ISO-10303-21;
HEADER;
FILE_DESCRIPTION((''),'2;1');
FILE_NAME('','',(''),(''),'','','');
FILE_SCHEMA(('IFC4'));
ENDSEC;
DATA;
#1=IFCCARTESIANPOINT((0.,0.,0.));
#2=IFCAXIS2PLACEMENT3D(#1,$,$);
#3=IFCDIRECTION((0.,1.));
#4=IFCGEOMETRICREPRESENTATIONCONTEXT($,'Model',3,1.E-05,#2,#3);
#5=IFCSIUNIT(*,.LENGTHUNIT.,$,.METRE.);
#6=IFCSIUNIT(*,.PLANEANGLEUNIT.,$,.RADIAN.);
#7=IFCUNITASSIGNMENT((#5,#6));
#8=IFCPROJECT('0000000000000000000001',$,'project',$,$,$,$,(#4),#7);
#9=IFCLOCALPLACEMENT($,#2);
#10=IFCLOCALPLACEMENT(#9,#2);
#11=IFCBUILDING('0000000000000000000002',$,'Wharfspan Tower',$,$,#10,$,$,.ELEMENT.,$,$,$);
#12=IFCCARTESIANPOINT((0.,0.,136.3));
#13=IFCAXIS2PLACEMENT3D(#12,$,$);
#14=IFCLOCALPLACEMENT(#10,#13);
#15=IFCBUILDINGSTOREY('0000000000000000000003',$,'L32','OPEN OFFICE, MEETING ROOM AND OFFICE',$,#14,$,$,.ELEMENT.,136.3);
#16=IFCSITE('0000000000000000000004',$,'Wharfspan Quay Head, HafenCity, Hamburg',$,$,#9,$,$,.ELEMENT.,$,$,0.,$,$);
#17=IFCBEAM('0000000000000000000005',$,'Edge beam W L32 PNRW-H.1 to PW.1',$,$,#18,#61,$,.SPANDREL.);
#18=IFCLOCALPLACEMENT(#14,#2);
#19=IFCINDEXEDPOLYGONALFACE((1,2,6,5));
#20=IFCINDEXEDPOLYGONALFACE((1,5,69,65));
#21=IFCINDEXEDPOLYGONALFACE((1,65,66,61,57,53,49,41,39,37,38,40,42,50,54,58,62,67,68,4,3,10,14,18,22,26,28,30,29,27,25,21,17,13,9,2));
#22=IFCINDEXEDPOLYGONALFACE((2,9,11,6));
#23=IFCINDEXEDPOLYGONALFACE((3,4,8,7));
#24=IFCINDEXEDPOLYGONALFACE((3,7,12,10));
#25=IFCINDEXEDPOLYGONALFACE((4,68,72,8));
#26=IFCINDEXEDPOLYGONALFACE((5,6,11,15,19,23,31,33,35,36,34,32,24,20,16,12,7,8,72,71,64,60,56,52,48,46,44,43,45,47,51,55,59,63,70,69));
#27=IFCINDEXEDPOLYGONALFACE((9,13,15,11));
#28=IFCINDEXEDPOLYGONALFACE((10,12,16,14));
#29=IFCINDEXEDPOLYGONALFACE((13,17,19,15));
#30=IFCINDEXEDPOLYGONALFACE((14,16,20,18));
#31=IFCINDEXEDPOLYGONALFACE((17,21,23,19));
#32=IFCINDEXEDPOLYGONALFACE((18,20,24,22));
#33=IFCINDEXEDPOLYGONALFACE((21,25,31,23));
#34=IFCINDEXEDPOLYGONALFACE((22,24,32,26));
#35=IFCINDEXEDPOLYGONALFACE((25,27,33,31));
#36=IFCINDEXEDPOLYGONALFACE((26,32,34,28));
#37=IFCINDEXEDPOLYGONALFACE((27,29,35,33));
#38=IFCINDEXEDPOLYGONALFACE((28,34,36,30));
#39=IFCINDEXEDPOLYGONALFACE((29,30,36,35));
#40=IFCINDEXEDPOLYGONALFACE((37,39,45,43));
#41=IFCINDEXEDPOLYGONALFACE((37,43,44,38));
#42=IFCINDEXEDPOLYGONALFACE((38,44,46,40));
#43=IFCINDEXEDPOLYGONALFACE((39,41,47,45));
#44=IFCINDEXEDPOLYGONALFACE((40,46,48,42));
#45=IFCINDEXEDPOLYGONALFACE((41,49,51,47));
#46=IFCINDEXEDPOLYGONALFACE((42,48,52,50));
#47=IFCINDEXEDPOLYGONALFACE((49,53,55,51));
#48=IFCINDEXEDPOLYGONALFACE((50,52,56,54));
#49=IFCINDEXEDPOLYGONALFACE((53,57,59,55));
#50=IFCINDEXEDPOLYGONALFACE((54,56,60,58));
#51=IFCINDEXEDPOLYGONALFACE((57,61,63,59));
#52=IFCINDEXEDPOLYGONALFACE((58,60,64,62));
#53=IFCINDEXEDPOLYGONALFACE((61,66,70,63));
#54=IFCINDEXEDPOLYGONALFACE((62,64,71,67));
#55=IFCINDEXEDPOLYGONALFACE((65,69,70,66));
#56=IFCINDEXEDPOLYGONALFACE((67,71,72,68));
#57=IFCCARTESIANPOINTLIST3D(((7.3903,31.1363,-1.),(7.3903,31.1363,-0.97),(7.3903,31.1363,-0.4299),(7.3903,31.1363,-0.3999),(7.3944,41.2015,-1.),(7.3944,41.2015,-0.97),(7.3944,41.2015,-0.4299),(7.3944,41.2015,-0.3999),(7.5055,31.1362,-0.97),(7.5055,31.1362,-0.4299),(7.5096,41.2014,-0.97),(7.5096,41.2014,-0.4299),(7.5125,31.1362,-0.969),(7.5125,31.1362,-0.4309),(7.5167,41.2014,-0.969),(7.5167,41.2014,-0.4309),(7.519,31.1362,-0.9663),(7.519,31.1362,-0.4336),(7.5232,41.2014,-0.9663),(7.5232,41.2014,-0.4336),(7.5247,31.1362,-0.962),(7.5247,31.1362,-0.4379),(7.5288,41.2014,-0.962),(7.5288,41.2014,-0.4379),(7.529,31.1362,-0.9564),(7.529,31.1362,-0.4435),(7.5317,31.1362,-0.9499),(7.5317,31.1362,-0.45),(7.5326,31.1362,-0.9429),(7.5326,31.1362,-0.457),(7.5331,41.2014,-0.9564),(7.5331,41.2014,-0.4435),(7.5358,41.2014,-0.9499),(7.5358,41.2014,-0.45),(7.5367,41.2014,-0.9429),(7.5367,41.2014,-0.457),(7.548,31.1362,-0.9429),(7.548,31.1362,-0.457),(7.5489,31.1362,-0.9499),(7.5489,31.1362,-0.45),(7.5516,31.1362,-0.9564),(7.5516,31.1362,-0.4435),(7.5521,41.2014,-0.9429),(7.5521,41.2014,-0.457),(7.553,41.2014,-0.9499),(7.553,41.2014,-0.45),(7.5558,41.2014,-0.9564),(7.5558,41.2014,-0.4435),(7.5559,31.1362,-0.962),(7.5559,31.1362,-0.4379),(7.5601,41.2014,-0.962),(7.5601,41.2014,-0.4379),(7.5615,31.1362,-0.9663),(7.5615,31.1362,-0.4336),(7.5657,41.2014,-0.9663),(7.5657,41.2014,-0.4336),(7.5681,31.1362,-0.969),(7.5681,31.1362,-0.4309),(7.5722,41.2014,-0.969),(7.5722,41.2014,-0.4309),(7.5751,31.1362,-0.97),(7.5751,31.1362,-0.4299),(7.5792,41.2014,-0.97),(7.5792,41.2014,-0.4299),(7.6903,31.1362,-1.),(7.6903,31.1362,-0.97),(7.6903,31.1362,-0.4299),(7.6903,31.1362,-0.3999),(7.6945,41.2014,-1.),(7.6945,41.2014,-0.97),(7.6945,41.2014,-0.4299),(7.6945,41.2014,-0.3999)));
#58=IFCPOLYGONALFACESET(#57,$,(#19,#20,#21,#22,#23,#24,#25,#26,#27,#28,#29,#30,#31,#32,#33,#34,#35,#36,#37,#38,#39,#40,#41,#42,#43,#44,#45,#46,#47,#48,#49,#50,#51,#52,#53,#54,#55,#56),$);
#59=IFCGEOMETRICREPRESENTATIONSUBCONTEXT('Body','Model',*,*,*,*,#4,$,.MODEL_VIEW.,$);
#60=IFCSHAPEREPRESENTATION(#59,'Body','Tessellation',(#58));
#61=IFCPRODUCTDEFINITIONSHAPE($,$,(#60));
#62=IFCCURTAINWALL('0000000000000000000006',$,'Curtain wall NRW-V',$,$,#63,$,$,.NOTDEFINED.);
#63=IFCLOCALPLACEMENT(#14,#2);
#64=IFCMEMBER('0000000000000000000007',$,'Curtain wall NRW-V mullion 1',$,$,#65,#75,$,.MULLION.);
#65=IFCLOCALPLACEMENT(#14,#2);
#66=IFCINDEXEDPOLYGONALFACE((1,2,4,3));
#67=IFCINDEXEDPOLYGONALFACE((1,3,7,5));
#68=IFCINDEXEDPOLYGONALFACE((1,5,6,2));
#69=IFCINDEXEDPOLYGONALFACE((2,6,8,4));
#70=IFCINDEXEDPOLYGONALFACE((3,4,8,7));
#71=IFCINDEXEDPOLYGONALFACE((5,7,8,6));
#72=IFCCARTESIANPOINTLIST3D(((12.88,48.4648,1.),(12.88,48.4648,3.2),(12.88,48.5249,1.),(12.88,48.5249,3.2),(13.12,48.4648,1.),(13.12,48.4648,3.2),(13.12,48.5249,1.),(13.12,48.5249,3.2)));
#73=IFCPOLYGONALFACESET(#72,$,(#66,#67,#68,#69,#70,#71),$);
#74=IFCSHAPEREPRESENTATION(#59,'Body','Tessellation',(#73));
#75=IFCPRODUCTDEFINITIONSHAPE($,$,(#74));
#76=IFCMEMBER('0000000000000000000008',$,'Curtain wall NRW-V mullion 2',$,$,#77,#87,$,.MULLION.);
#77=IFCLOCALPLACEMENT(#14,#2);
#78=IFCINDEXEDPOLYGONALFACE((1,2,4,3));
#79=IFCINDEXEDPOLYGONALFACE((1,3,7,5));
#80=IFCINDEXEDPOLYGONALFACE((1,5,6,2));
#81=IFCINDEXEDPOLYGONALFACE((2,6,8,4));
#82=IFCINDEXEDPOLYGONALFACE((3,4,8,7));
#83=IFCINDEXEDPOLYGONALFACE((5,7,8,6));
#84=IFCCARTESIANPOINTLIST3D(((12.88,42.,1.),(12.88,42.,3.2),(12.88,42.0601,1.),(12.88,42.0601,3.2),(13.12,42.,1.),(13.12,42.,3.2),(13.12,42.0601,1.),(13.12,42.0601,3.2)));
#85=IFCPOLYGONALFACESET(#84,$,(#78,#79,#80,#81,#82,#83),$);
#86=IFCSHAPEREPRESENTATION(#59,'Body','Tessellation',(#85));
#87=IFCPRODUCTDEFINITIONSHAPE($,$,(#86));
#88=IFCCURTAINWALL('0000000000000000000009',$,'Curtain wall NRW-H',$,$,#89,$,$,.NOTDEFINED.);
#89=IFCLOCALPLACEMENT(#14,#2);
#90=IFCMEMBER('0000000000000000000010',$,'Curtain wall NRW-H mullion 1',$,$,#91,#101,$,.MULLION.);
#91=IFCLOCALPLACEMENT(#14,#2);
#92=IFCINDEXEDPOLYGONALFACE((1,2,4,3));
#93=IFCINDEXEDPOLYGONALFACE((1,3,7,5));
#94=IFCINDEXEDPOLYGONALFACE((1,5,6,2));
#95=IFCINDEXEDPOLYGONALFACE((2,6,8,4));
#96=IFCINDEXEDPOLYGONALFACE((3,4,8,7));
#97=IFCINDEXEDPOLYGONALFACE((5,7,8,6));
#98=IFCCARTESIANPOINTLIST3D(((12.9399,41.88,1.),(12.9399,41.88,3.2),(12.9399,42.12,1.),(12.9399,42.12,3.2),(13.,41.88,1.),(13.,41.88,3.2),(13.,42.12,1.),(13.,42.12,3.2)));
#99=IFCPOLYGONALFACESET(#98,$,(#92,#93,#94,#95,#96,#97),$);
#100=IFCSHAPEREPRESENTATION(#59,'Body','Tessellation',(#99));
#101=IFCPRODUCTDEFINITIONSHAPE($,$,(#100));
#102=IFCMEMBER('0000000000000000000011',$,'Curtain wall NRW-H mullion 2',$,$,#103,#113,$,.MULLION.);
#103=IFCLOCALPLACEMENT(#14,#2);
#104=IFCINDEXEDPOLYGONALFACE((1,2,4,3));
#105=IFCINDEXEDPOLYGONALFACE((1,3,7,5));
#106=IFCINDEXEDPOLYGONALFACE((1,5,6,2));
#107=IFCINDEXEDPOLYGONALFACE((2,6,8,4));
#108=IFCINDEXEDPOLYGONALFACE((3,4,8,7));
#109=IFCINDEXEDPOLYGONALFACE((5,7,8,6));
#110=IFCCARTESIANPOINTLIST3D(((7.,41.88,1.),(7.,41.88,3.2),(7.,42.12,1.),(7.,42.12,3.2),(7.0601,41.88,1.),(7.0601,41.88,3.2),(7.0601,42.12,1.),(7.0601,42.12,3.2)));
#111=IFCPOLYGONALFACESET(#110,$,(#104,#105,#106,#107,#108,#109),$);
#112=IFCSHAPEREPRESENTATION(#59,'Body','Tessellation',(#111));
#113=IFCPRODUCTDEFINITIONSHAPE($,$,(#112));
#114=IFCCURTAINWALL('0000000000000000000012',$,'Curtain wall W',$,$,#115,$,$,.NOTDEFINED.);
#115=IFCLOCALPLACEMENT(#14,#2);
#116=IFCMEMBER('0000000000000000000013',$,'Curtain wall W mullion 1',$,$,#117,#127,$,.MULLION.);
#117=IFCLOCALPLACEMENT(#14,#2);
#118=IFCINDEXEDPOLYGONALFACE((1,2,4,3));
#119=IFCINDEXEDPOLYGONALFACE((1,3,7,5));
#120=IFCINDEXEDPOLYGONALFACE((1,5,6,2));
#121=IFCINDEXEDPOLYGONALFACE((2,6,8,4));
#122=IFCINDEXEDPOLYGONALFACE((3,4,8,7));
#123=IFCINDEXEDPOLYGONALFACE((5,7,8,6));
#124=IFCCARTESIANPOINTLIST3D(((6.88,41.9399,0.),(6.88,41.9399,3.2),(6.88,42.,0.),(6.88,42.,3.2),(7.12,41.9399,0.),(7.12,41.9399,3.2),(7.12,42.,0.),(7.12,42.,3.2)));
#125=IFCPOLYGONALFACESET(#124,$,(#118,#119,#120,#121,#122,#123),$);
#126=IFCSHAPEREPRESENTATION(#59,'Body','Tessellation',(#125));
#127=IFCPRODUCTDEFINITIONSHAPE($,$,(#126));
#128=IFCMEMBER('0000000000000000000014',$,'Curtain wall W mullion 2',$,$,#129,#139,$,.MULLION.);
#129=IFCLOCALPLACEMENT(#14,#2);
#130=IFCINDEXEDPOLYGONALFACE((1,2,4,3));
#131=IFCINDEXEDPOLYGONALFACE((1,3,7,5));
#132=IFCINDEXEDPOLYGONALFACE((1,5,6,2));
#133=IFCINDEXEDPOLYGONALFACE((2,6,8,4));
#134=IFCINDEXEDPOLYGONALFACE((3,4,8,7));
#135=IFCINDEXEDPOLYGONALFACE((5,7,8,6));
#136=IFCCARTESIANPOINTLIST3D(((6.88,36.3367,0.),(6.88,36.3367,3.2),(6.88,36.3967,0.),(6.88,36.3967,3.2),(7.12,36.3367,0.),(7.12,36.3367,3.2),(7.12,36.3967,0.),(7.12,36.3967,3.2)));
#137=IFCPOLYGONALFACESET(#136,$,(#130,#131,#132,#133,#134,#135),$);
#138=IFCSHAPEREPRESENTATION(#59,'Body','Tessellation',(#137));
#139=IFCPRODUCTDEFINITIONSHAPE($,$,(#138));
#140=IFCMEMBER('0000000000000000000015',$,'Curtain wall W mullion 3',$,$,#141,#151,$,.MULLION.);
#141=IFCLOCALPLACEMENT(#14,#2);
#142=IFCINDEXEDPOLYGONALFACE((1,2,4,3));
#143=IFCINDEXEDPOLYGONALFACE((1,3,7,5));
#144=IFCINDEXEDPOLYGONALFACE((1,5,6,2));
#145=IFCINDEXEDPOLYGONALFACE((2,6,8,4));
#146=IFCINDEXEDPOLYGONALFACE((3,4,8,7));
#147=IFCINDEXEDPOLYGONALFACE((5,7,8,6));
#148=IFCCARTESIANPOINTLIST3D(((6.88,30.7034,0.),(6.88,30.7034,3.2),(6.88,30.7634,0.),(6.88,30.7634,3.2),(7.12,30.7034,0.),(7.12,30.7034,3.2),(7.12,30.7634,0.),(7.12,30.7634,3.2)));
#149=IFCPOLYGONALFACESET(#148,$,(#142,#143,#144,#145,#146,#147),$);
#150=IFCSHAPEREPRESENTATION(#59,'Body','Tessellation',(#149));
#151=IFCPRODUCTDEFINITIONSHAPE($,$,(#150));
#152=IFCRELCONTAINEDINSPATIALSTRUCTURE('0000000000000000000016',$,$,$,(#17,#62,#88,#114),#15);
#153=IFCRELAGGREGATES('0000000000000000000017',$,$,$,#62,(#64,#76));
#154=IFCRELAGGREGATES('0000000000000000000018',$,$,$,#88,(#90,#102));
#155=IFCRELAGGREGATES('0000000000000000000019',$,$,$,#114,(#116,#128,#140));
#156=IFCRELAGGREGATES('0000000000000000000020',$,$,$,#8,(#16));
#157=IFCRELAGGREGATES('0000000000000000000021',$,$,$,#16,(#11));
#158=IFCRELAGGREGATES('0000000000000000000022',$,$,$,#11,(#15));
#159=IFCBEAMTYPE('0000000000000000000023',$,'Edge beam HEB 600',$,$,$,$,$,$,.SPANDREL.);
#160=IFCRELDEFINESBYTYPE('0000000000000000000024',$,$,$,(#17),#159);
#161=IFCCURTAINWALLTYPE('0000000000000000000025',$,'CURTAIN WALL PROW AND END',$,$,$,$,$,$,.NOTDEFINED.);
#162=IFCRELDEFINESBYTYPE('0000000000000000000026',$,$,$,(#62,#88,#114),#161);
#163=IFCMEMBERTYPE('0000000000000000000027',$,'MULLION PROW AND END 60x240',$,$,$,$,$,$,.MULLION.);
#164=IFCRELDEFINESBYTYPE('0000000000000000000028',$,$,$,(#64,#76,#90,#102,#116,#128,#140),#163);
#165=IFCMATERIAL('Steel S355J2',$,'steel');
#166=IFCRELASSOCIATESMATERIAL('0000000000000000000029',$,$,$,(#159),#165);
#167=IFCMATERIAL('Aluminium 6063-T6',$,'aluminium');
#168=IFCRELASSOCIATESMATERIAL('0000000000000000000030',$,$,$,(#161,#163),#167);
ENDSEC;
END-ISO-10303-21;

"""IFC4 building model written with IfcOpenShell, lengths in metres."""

from ifc_helpers import new_model, si_unit, direction, frame, origin, origin_2d, place, context, subcontext, project, spatial, rectangle, i_section, extrude, material, material_profile, profile_set, type_object, element, aggregate, save


model = new_model("IFC4")

# Units and contexts
model_context = context("Model", 3, precision=1e-05, world=origin(), true_north=direction((0.0, 1.0)))
body_context = subcontext(model_context, "Body", "Model", "MODEL_VIEW")
ifc_project = project(units=[si_unit("LENGTHUNIT", "METRE"), si_unit("PLANEANGLEUNIT", "RADIAN")], contexts=[model_context])

# Site, building, storey
site_placement = place(None, origin())
site = spatial("IfcSite", under=ifc_project, at=site_placement, Name="Wharfspan Quay Head, HafenCity, Hamburg", CompositionType="ELEMENT", RefElevation=0.0)
building_placement = place(site_placement, origin())
building = spatial("IfcBuilding", under=site, at=building_placement, Name="Wharfspan Tower", CompositionType="ELEMENT")
storey_placement = place(building_placement, frame((0.0, 0.0, 136.3)))
storey = spatial("IfcBuildingStorey", under=building, at=storey_placement, Name="L32", Description="OPEN OFFICE, MEETING ROOM AND OFFICE", CompositionType="ELEMENT", Elevation=136.3)

# Shared definitions
ifc_material_1 = material(Name="Steel S355J2", Category="steel")

# Beam
ifc_material_profile_1 = material_profile(ifc_material_1, i_section(OverallWidth=0.3, OverallDepth=0.6001, WebThickness=0.0154, FlangeThickness=0.03, FilletRadius=0.0271, at=origin_2d()))
ifc_profile_set_1 = profile_set([ifc_material_profile_1], Name="Steel S355J2")
beam_type = type_object("IfcBeamType", Name="Edge beam HEB 600", PredefinedType="SPANDREL", material=ifc_profile_set_1)
beam_placement = place(storey_placement, frame((7.5444, 41.2014, -0.7), z_axis=(-0.000412, -1.0, 0.0), x_axis=(1.0, -0.000412, 0.0)))
element("IfcBeam", 1, at=beam_placement, inside=storey, type_object=beam_type, Name="Edge beam W L32 PNRW-H.1 to PW.1", PredefinedType="SPANDREL", context=body_context, shape_type="SweptSolid", body=[
    extrude(i_section(OverallWidth=0.3, OverallDepth=0.6001, WebThickness=0.0154, FlangeThickness=0.03, FilletRadius=0.0271, at=origin_2d()), origin(), (0.0, 0.0, 1.0), 10.0652),
])

# Curtain walls, members
ifc_material_2 = material(Name="Aluminium 6063-T6", Category="aluminium")
curtain_wall_type = type_object("IfcCurtainWallType", Name="CURTAIN WALL PROW AND END", PredefinedType="NOTDEFINED", material=ifc_material_2)
curtain_wall_1_placement = place(storey_placement, origin())
curtain_wall_1 = element("IfcCurtainWall", 2, at=curtain_wall_1_placement, inside=storey, type_object=curtain_wall_type, Name="Curtain wall NRW-V", PredefinedType="NOTDEFINED")
ifc_material_profile_2 = material_profile(ifc_material_2, rectangle(XDim=0.24, YDim=0.0601, at=origin_2d()))
ifc_profile_set_2 = profile_set([ifc_material_profile_2], Name="Aluminium 6063-T6")
member_type_1 = type_object("IfcMemberType", Name="MULLION PROW AND END 60x240", PredefinedType="MULLION", material=ifc_profile_set_2)
member_1_placement = place(storey_placement, frame((13.0, 48.4949, 1.0), z_axis=(0.0, 0.0, 1.0), x_axis=(1.0, 0.0, 0.0)))
member_1 = element("IfcMember", 3, at=member_1_placement, type_object=member_type_1, Name="Curtain wall NRW-V mullion 1", PredefinedType="MULLION", context=body_context, shape_type="SweptSolid", body=[
    extrude(rectangle(XDim=0.24, YDim=0.0601, at=origin_2d()), origin(), (0.0, 0.0, 1.0), 2.2),
])
member_2_placement = place(storey_placement, frame((13.0, 42.03, 1.0), z_axis=(0.0, 0.0, 1.0), x_axis=(1.0, 0.0, 0.0)))
member_2 = element("IfcMember", 4, at=member_2_placement, type_object=member_type_1, Name="Curtain wall NRW-V mullion 2", PredefinedType="MULLION", context=body_context, shape_type="SweptSolid", body=[
    extrude(rectangle(XDim=0.24, YDim=0.0601, at=origin_2d()), origin(), (0.0, 0.0, 1.0), 2.2),
])
curtain_wall_2_placement = place(storey_placement, origin())
curtain_wall_2 = element("IfcCurtainWall", 5, at=curtain_wall_2_placement, inside=storey, type_object=curtain_wall_type, Name="Curtain wall NRW-H", PredefinedType="NOTDEFINED")
member_3_placement = place(storey_placement, frame((12.97, 42.0, 1.0), z_axis=(0.0, 0.0, 1.0), x_axis=(0.0, -1.0, 0.0)))
member_3 = element("IfcMember", 6, at=member_3_placement, type_object=member_type_1, Name="Curtain wall NRW-H mullion 1", PredefinedType="MULLION", context=body_context, shape_type="SweptSolid", body=[
    extrude(rectangle(XDim=0.24, YDim=0.0601, at=origin_2d()), origin(), (0.0, 0.0, 1.0), 2.2),
])
member_4_placement = place(storey_placement, frame((7.03, 42.0, 1.0), z_axis=(0.0, 0.0, 1.0), x_axis=(0.0, -1.0, 0.0)))
member_4 = element("IfcMember", 7, at=member_4_placement, type_object=member_type_1, Name="Curtain wall NRW-H mullion 2", PredefinedType="MULLION", context=body_context, shape_type="SweptSolid", body=[
    extrude(rectangle(XDim=0.24, YDim=0.0601, at=origin_2d()), origin(), (0.0, 0.0, 1.0), 2.2),
])
curtain_wall_3_placement = place(storey_placement, origin())
curtain_wall_3 = element("IfcCurtainWall", 8, at=curtain_wall_3_placement, inside=storey, type_object=curtain_wall_type, Name="Curtain wall W", PredefinedType="NOTDEFINED")
member_5_placement = place(storey_placement, frame((7.0, 41.97, 0.0), z_axis=(0.0, 0.0, 1.0), x_axis=(1.0, 0.0, 0.0)))
member_5 = element("IfcMember", 9, at=member_5_placement, type_object=member_type_1, Name="Curtain wall W mullion 1", PredefinedType="MULLION", context=body_context, shape_type="SweptSolid", body=[
    extrude(rectangle(XDim=0.24, YDim=0.0601, at=origin_2d()), origin(), (0.0, 0.0, 1.0), 3.2),
])
member_6_placement = place(storey_placement, frame((7.0, 36.3667, 0.0), z_axis=(0.0, 0.0, 1.0), x_axis=(1.0, 0.0, 0.0)))
member_6 = element("IfcMember", 10, at=member_6_placement, type_object=member_type_1, Name="Curtain wall W mullion 2", PredefinedType="MULLION", context=body_context, shape_type="SweptSolid", body=[
    extrude(rectangle(XDim=0.24, YDim=0.0601, at=origin_2d()), origin(), (0.0, 0.0, 1.0), 3.2),
])
member_7_placement = place(storey_placement, frame((7.0, 30.7334, 0.0), z_axis=(0.0, 0.0, 1.0), x_axis=(1.0, 0.0, 0.0)))
member_7 = element("IfcMember", 11, at=member_7_placement, type_object=member_type_1, Name="Curtain wall W mullion 3", PredefinedType="MULLION", context=body_context, shape_type="SweptSolid", body=[
    extrude(rectangle(XDim=0.24, YDim=0.0601, at=origin_2d()), origin(), (0.0, 0.0, 1.0), 3.2),
])

aggregate(curtain_wall_1, [member_1, member_2])
aggregate(curtain_wall_2, [member_3, member_4])
aggregate(curtain_wall_3, [member_5, member_6, member_7])

save(model, "model.ifc")
